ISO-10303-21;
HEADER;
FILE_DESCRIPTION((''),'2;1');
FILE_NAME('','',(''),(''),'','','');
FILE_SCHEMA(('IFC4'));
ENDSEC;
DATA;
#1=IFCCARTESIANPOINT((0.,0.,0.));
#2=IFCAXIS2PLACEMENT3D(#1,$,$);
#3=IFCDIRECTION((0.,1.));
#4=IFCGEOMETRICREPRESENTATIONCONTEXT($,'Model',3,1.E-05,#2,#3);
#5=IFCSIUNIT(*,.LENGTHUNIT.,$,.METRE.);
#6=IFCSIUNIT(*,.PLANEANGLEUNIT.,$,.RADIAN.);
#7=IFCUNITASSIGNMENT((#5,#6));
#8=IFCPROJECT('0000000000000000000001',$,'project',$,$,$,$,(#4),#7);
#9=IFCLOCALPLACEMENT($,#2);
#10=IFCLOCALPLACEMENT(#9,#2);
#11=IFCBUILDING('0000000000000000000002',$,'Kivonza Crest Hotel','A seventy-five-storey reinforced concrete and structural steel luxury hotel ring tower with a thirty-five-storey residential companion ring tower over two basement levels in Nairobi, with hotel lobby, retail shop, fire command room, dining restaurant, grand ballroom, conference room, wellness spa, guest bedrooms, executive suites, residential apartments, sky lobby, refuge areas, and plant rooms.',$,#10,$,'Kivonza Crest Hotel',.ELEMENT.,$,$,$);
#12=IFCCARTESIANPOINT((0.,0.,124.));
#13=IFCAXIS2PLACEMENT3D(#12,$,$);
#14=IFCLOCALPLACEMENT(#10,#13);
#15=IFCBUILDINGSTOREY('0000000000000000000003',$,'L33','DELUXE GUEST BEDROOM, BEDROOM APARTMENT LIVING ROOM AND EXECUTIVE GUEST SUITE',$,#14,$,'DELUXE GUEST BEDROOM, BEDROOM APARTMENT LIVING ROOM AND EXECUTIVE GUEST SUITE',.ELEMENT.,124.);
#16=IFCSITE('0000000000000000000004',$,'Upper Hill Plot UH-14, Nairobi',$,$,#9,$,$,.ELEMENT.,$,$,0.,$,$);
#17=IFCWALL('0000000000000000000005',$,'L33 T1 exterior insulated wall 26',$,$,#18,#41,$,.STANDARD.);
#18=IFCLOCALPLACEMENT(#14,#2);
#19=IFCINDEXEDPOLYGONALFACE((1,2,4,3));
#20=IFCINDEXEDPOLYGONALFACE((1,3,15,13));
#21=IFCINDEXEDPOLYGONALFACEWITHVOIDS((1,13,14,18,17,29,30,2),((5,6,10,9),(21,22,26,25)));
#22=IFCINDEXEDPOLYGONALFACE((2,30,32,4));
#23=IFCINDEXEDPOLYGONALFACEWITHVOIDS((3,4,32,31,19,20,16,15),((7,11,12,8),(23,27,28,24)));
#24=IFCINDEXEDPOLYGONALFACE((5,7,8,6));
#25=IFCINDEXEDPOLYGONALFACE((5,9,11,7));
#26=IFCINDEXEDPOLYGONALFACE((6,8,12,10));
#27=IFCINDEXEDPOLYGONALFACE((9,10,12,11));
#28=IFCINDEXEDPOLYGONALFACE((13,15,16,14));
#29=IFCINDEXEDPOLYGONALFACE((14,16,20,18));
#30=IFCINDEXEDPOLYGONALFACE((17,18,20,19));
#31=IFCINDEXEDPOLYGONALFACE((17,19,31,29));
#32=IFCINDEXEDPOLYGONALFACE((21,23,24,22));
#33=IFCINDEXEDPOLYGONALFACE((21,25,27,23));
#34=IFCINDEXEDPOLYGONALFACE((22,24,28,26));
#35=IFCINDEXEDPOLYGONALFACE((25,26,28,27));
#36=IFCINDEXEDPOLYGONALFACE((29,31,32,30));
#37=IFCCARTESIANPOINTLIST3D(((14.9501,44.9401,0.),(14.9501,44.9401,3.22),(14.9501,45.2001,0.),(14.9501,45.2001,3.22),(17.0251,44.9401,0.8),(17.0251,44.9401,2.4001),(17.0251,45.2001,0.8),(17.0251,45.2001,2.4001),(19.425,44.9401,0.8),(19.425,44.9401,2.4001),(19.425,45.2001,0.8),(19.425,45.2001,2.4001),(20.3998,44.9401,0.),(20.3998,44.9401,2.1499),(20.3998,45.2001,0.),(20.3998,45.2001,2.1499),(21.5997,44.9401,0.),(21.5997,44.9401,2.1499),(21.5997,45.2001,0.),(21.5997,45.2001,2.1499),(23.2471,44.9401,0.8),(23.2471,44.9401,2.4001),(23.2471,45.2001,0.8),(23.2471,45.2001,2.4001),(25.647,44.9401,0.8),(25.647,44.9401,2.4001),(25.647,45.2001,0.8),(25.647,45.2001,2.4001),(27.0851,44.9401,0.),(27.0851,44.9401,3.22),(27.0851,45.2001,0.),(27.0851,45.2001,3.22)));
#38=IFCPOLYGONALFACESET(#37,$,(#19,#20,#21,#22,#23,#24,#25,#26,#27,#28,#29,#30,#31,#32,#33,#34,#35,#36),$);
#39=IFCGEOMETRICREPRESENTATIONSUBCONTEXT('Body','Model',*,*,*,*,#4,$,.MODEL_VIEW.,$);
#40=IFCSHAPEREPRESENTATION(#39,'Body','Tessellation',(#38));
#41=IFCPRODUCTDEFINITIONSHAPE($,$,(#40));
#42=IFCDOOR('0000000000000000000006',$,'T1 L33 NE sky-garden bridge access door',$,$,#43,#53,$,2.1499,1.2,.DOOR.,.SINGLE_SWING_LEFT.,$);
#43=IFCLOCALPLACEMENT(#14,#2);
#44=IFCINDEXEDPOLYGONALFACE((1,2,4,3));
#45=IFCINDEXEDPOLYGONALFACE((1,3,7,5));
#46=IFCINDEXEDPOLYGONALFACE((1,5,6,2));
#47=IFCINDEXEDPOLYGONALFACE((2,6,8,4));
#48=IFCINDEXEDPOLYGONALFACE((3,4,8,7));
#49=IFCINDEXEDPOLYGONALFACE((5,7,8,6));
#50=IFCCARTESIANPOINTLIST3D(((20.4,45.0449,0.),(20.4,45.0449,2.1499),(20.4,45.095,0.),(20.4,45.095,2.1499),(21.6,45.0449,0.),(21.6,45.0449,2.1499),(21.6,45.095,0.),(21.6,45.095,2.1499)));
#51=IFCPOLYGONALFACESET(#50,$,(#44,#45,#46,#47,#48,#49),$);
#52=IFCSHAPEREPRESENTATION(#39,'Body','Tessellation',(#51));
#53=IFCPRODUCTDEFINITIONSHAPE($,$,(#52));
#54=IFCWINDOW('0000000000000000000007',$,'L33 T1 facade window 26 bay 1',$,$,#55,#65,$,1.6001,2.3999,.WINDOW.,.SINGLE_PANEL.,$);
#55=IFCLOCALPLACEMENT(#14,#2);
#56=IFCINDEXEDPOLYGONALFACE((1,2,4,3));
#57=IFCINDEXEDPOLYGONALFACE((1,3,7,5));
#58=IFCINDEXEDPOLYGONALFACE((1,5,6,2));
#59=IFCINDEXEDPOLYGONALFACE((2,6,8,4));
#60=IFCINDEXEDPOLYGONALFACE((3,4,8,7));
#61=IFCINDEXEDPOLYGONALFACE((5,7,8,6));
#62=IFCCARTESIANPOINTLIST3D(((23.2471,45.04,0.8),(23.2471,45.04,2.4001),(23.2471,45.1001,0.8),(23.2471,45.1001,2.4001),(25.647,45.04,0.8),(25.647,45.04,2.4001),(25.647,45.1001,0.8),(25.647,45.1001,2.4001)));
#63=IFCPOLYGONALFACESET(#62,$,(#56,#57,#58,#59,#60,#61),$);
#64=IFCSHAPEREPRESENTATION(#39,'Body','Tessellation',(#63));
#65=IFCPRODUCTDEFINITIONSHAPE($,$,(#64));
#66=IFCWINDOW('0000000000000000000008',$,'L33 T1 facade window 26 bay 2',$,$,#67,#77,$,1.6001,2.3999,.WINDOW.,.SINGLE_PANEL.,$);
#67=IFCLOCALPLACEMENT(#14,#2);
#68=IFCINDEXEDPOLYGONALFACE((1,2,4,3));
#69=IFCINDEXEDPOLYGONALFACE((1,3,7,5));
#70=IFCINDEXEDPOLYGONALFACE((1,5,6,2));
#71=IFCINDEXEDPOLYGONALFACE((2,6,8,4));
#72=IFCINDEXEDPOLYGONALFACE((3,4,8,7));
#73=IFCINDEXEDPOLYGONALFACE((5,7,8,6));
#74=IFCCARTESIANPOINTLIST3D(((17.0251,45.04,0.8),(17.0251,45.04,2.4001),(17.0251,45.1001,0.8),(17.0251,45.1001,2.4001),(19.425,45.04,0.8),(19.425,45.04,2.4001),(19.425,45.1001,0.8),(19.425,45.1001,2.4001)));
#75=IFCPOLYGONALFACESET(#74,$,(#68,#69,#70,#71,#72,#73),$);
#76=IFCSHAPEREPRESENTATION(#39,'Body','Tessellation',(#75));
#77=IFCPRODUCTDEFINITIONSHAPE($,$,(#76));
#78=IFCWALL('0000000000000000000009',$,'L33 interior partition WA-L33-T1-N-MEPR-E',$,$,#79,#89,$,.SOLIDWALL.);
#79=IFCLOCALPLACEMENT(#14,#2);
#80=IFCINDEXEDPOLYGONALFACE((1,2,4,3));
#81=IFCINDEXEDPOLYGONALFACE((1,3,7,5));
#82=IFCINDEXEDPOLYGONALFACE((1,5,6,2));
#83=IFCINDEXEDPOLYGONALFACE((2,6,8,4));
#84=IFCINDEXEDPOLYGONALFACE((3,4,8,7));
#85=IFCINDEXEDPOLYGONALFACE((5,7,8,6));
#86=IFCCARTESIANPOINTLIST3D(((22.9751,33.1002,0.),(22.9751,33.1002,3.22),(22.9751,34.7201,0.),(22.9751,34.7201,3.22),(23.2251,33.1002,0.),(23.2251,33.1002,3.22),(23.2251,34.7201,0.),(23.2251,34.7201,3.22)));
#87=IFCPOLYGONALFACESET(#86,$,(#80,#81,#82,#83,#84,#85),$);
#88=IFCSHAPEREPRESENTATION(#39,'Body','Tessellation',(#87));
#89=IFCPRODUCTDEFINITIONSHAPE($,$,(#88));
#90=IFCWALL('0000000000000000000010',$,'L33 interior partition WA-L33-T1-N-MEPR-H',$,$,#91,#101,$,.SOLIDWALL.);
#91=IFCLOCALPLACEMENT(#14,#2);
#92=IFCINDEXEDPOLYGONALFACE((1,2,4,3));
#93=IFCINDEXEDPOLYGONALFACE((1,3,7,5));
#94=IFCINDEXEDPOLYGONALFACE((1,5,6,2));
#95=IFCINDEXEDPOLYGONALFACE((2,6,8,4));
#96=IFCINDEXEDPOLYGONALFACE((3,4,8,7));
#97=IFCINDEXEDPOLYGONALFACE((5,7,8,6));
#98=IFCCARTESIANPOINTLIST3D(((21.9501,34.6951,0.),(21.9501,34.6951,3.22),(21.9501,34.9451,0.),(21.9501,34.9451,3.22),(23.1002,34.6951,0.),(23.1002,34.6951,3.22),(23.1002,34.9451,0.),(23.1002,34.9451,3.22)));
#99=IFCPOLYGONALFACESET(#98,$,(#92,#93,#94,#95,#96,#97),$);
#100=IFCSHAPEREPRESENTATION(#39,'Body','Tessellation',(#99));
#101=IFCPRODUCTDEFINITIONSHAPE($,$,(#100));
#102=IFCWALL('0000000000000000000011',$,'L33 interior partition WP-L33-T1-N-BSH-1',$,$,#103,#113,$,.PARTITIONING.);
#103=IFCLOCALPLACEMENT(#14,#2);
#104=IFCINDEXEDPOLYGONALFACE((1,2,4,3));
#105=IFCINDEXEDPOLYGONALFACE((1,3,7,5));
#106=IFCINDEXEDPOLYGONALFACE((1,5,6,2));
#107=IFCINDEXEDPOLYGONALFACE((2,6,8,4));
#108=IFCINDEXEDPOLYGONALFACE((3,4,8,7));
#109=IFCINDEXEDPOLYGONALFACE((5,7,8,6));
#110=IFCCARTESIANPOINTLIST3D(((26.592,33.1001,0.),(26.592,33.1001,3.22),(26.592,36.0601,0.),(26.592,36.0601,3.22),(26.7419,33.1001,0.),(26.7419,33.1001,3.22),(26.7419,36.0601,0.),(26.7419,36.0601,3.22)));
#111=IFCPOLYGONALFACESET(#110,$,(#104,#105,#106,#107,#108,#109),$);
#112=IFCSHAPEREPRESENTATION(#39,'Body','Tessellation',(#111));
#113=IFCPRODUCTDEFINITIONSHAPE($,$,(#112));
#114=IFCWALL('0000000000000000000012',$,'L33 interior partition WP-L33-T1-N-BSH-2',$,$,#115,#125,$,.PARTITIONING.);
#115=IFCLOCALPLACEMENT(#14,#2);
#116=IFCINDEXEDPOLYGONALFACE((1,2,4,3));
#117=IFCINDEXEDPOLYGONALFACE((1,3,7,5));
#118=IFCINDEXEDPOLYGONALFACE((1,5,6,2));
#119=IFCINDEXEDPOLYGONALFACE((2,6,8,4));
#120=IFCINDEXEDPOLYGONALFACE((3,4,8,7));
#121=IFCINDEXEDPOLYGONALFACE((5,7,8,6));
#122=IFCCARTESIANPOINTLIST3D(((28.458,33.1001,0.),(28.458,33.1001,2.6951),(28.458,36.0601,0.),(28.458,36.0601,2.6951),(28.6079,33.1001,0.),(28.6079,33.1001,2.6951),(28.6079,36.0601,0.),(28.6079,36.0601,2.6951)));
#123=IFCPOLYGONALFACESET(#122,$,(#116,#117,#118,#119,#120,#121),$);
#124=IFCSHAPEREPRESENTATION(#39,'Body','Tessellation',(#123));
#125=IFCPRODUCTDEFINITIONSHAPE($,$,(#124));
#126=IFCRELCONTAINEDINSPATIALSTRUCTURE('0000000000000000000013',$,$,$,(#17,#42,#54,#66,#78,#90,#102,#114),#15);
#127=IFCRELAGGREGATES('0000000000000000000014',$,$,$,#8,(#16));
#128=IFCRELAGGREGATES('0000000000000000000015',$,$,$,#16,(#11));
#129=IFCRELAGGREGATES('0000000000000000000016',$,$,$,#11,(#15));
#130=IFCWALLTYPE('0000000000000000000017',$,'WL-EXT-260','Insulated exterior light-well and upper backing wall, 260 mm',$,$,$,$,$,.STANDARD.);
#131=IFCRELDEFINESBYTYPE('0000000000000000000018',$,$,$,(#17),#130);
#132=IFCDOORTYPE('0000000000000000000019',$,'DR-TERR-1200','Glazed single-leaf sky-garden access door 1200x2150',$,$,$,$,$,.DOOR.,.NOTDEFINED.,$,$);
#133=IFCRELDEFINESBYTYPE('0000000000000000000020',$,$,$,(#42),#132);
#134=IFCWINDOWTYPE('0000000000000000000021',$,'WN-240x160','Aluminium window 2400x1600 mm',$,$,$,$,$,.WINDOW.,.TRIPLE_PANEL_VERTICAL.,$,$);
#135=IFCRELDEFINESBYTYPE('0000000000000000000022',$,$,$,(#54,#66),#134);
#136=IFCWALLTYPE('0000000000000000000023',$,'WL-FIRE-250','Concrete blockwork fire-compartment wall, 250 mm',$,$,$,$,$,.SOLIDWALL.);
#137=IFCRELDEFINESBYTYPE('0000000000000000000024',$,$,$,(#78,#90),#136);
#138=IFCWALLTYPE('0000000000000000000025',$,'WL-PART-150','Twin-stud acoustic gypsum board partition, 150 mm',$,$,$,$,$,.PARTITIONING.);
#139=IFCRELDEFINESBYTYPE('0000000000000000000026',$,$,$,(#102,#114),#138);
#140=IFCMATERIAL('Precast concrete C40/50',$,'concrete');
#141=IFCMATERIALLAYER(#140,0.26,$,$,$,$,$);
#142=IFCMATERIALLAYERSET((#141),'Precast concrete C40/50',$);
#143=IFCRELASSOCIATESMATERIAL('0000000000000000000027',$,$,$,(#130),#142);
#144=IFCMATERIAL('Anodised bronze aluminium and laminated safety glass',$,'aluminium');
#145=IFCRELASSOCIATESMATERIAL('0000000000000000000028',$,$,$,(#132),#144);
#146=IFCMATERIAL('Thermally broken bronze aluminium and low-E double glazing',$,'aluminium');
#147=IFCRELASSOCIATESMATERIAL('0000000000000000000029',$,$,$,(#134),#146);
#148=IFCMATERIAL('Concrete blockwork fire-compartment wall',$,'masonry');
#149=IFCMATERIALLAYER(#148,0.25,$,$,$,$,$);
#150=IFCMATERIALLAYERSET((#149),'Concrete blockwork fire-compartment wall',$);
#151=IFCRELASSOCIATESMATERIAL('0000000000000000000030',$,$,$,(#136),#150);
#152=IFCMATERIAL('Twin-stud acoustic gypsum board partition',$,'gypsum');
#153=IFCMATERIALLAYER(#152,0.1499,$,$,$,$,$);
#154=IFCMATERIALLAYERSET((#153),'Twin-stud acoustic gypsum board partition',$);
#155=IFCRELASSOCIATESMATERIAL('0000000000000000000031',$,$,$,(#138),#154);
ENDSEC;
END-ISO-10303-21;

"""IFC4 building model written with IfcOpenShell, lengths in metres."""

from ifc_helpers import new_model, si_unit, direction, frame, frame_2d, origin, place, context, subcontext, project, spatial, rectangle, extrude, material, layer, layer_set, type_object, element, fill, save


model = new_model("IFC4")

# Units and contexts
model_context = context("Model", 3, precision=1e-05, world=origin(), true_north=direction((0.0, 1.0)))
body_context = subcontext(model_context, "Body", "Model", "MODEL_VIEW")
ifc_project = project(units=[si_unit("LENGTHUNIT", "METRE"), si_unit("PLANEANGLEUNIT", "RADIAN")], contexts=[model_context])

# Site, building, storey
site_placement = place(None, origin())
site = spatial("IfcSite", under=ifc_project, at=site_placement, Name="Upper Hill Plot UH-14, Nairobi", CompositionType="ELEMENT", RefElevation=0.0)
building_placement = place(site_placement, origin())
building = spatial("IfcBuilding", under=site, at=building_placement, Name="Kivonza Crest Hotel", Description="A seventy-five-storey reinforced concrete and structural steel luxury hotel ring tower with a thirty-five-storey residential companion ring tower over two basement levels in Nairobi, with hotel lobby, retail shop, fire command room, dining restaurant, grand ballroom, conference room, wellness spa, guest bedrooms, executive suites, residential apartments, sky lobby, refuge areas, and plant rooms.", LongName="Kivonza Crest Hotel", CompositionType="ELEMENT")
storey_placement = place(building_placement, frame((0.0, 0.0, 124.0)))
storey = spatial("IfcBuildingStorey", under=building, at=storey_placement, Name="L33", Description="DELUXE GUEST BEDROOM, BEDROOM APARTMENT LIVING ROOM AND EXECUTIVE GUEST SUITE", LongName="DELUXE GUEST BEDROOM, BEDROOM APARTMENT LIVING ROOM AND EXECUTIVE GUEST SUITE", CompositionType="ELEMENT", Elevation=124.0)

# Wall, openings, door, windows
ifc_material_1 = material(Name="Precast concrete C40/50", Category="concrete")
ifc_layer_1 = layer(ifc_material_1, 0.26)
ifc_layer_set_1 = layer_set([ifc_layer_1], Name="Precast concrete C40/50")
wall_type_1 = type_object("IfcWallType", Name="WL-EXT-260", Description="Insulated exterior light-well and upper backing wall, 260 mm", PredefinedType="STANDARD", material=ifc_layer_set_1)
wall_1_placement = place(storey_placement, frame((27.085, 45.0701, 0.0), z_axis=(0.0, 0.0, 1.0), x_axis=(-1.0, 0.0, 0.0)))
wall_1 = element("IfcWall", 1, at=wall_1_placement, inside=storey, type_object=wall_type_1, Name="L33 T1 exterior insulated wall 26", PredefinedType="STANDARD", context=body_context, shape_type="SweptSolid", body=[
    extrude(rectangle(XDim=12.135, YDim=0.26, at=frame_2d((6.0674, 0.0))), origin(), (0.0, 0.0, 1.0), 3.22),
])
opening_1_placement = place(wall_1_placement, frame((5.4851, 0.0, 0.0)))
opening_1 = element("IfcOpeningElement", 2, at=opening_1_placement, cuts=wall_1, PredefinedType="OPENING", context=body_context, shape_type="SweptSolid", body=[
    extrude(rectangle(XDim=1.2, YDim=2.1499, at=frame_2d((0.6001, 1.075))), frame((0.0, 0.1401, 0.0), z_axis=(0.0, -1.0, 0.0), x_axis=(1.0, 0.0, 0.0)), (0.0, 0.0, 1.0), 0.28),
])
opening_2_placement = place(wall_1_placement, frame((1.438, 0.0, 0.8)))
opening_2 = element("IfcOpeningElement", 3, at=opening_2_placement, cuts=wall_1, PredefinedType="OPENING", context=body_context, shape_type="SweptSolid", body=[
    extrude(rectangle(XDim=2.3999, YDim=1.6001, at=frame_2d((1.2, 0.8))), frame((0.0, 0.1401, 0.0), z_axis=(0.0, -1.0, 0.0), x_axis=(1.0, 0.0, 0.0)), (0.0, 0.0, 1.0), 0.28),
])
opening_3_placement = place(wall_1_placement, frame((7.6599, 0.0, 0.8)))
opening_3 = element("IfcOpeningElement", 4, at=opening_3_placement, cuts=wall_1, PredefinedType="OPENING", context=body_context, shape_type="SweptSolid", body=[
    extrude(rectangle(XDim=2.3999, YDim=1.6001, at=frame_2d((1.2, 0.8))), frame((0.0, 0.1401, 0.0), z_axis=(0.0, -1.0, 0.0), x_axis=(1.0, 0.0, 0.0)), (0.0, 0.0, 1.0), 0.28),
])
ifc_material_2 = material(Name="Anodised bronze aluminium and laminated safety glass", Category="aluminium")
door_type_1 = type_object("IfcDoorType", Name="DR-TERR-1200", Description="Glazed single-leaf sky-garden access door 1200x2150", OperationType="NOTDEFINED", PredefinedType="DOOR", material=ifc_material_2)
door_1_placement = place(opening_1_placement, frame((1.2, 0.0, 0.0), z_axis=(0.0, 0.0, 1.0), x_axis=(-1.0, 0.0, 0.0)))
door_1 = element("IfcDoor", 5, at=door_1_placement, inside=storey, type_object=door_type_1, Name="T1 L33 NE sky-garden bridge access door", OperationType="SINGLE_SWING_LEFT", OverallHeight=2.1499, OverallWidth=1.2, PredefinedType="DOOR", context=body_context, shape_type="SweptSolid", body=[
    extrude(rectangle(XDim=1.2, YDim=2.1499, at=frame_2d((0.6001, 1.075))), frame((0.0, 0.0249, 0.0), z_axis=(0.0, -1.0, 0.0), x_axis=(1.0, 0.0, 0.0)), (0.0, 0.0, 1.0), 0.05),
])
fill(opening_1, door_1)
ifc_material_3 = material(Name="Thermally broken bronze aluminium and low-E double glazing", Category="aluminium")
window_type = type_object("IfcWindowType", Name="WN-240x160", Description="Aluminium window 2400x1600 mm", PartitioningType="TRIPLE_PANEL_VERTICAL", PredefinedType="WINDOW", material=ifc_material_3)
window_1_placement = place(opening_2_placement, origin())
window_1 = element("IfcWindow", 6, at=window_1_placement, inside=storey, type_object=window_type, Name="L33 T1 facade window 26 bay 1", OverallHeight=1.6001, OverallWidth=2.3999, PartitioningType="SINGLE_PANEL", PredefinedType="WINDOW", context=body_context, shape_type="SweptSolid", body=[
    extrude(rectangle(XDim=2.3999, YDim=1.6001, at=frame_2d((1.2, 0.8))), frame((0.0, 0.03, 0.0), z_axis=(0.0, -1.0, 0.0), x_axis=(1.0, 0.0, 0.0)), (0.0, 0.0, 1.0), 0.0601),
])
fill(opening_2, window_1)
window_2_placement = place(opening_3_placement, origin())
window_2 = element("IfcWindow", 7, at=window_2_placement, inside=storey, type_object=window_type, Name="L33 T1 facade window 26 bay 2", OverallHeight=1.6001, OverallWidth=2.3999, PartitioningType="SINGLE_PANEL", PredefinedType="WINDOW", context=body_context, shape_type="SweptSolid", body=[
    extrude(rectangle(XDim=2.3999, YDim=1.6001, at=frame_2d((1.2, 0.8))), frame((0.0, 0.03, 0.0), z_axis=(0.0, -1.0, 0.0), x_axis=(1.0, 0.0, 0.0)), (0.0, 0.0, 1.0), 0.0601),
])
fill(opening_3, window_2)

# Walls
ifc_material_4 = material(Name="Concrete blockwork fire-compartment wall", Category="masonry")
ifc_layer_2 = layer(ifc_material_4, 0.25)
ifc_layer_set_2 = layer_set([ifc_layer_2], Name="Concrete blockwork fire-compartment wall")
wall_type_2 = type_object("IfcWallType", Name="WL-FIRE-250", Description="Concrete blockwork fire-compartment wall, 250 mm", PredefinedType="SOLIDWALL", material=ifc_layer_set_2)
wall_2_placement = place(storey_placement, frame((23.1001, 33.1001, 0.0), z_axis=(0.0, 0.0, 1.0), x_axis=(0.0, 1.0, 0.0)))
element("IfcWall", 8, at=wall_2_placement, inside=storey, type_object=wall_type_2, Name="L33 interior partition WA-L33-T1-N-MEPR-E", PredefinedType="SOLIDWALL", context=body_context, shape_type="SweptSolid", body=[
    extrude(rectangle(XDim=1.6199, YDim=0.25, at=frame_2d((0.8101, 0.0))), origin(), (0.0, 0.0, 1.0), 3.22),
])
wall_3_placement = place(storey_placement, frame((21.95, 34.8201, 0.0), z_axis=(0.0, 0.0, 1.0), x_axis=(1.0, 0.0, 0.0)))
element("IfcWall", 9, at=wall_3_placement, inside=storey, type_object=wall_type_2, Name="L33 interior partition WA-L33-T1-N-MEPR-H", PredefinedType="SOLIDWALL", context=body_context, shape_type="SweptSolid", body=[
    extrude(rectangle(XDim=1.1501, YDim=0.25, at=frame_2d((0.5752, 0.0))), origin(), (0.0, 0.0, 1.0), 3.22),
])
ifc_material_5 = material(Name="Twin-stud acoustic gypsum board partition", Category="gypsum")
ifc_layer_3 = layer(ifc_material_5, 0.1499)
ifc_layer_set_3 = layer_set([ifc_layer_3], Name="Twin-stud acoustic gypsum board partition")
wall_type_3 = type_object("IfcWallType", Name="WL-PART-150", Description="Twin-stud acoustic gypsum board partition, 150 mm", PredefinedType="PARTITIONING", material=ifc_layer_set_3)
wall_4_placement = place(storey_placement, frame((26.667, 33.1001, 0.0), z_axis=(0.0, 0.0, 1.0), x_axis=(0.0, 1.0, 0.0)))
element("IfcWall", 10, at=wall_4_placement, inside=storey, type_object=wall_type_3, Name="L33 interior partition WP-L33-T1-N-BSH-1", PredefinedType="PARTITIONING", context=body_context, shape_type="SweptSolid", body=[
    extrude(rectangle(XDim=2.96, YDim=0.1499, at=frame_2d((1.48, 0.0))), origin(), (0.0, 0.0, 1.0), 3.22),
])
wall_5_placement = place(storey_placement, frame((28.533, 33.1001, 0.0), z_axis=(0.0, 0.0, 1.0), x_axis=(0.0, 1.0, 0.0)))
element("IfcWall", 11, at=wall_5_placement, inside=storey, type_object=wall_type_3, Name="L33 interior partition WP-L33-T1-N-BSH-2", PredefinedType="PARTITIONING", context=body_context, shape_type="SweptSolid", body=[
    extrude(rectangle(XDim=2.96, YDim=0.1499, at=frame_2d((1.48, 0.0))), origin(), (0.0, 0.0, 1.0), 2.6951),
])

save(model, "model.ifc")
